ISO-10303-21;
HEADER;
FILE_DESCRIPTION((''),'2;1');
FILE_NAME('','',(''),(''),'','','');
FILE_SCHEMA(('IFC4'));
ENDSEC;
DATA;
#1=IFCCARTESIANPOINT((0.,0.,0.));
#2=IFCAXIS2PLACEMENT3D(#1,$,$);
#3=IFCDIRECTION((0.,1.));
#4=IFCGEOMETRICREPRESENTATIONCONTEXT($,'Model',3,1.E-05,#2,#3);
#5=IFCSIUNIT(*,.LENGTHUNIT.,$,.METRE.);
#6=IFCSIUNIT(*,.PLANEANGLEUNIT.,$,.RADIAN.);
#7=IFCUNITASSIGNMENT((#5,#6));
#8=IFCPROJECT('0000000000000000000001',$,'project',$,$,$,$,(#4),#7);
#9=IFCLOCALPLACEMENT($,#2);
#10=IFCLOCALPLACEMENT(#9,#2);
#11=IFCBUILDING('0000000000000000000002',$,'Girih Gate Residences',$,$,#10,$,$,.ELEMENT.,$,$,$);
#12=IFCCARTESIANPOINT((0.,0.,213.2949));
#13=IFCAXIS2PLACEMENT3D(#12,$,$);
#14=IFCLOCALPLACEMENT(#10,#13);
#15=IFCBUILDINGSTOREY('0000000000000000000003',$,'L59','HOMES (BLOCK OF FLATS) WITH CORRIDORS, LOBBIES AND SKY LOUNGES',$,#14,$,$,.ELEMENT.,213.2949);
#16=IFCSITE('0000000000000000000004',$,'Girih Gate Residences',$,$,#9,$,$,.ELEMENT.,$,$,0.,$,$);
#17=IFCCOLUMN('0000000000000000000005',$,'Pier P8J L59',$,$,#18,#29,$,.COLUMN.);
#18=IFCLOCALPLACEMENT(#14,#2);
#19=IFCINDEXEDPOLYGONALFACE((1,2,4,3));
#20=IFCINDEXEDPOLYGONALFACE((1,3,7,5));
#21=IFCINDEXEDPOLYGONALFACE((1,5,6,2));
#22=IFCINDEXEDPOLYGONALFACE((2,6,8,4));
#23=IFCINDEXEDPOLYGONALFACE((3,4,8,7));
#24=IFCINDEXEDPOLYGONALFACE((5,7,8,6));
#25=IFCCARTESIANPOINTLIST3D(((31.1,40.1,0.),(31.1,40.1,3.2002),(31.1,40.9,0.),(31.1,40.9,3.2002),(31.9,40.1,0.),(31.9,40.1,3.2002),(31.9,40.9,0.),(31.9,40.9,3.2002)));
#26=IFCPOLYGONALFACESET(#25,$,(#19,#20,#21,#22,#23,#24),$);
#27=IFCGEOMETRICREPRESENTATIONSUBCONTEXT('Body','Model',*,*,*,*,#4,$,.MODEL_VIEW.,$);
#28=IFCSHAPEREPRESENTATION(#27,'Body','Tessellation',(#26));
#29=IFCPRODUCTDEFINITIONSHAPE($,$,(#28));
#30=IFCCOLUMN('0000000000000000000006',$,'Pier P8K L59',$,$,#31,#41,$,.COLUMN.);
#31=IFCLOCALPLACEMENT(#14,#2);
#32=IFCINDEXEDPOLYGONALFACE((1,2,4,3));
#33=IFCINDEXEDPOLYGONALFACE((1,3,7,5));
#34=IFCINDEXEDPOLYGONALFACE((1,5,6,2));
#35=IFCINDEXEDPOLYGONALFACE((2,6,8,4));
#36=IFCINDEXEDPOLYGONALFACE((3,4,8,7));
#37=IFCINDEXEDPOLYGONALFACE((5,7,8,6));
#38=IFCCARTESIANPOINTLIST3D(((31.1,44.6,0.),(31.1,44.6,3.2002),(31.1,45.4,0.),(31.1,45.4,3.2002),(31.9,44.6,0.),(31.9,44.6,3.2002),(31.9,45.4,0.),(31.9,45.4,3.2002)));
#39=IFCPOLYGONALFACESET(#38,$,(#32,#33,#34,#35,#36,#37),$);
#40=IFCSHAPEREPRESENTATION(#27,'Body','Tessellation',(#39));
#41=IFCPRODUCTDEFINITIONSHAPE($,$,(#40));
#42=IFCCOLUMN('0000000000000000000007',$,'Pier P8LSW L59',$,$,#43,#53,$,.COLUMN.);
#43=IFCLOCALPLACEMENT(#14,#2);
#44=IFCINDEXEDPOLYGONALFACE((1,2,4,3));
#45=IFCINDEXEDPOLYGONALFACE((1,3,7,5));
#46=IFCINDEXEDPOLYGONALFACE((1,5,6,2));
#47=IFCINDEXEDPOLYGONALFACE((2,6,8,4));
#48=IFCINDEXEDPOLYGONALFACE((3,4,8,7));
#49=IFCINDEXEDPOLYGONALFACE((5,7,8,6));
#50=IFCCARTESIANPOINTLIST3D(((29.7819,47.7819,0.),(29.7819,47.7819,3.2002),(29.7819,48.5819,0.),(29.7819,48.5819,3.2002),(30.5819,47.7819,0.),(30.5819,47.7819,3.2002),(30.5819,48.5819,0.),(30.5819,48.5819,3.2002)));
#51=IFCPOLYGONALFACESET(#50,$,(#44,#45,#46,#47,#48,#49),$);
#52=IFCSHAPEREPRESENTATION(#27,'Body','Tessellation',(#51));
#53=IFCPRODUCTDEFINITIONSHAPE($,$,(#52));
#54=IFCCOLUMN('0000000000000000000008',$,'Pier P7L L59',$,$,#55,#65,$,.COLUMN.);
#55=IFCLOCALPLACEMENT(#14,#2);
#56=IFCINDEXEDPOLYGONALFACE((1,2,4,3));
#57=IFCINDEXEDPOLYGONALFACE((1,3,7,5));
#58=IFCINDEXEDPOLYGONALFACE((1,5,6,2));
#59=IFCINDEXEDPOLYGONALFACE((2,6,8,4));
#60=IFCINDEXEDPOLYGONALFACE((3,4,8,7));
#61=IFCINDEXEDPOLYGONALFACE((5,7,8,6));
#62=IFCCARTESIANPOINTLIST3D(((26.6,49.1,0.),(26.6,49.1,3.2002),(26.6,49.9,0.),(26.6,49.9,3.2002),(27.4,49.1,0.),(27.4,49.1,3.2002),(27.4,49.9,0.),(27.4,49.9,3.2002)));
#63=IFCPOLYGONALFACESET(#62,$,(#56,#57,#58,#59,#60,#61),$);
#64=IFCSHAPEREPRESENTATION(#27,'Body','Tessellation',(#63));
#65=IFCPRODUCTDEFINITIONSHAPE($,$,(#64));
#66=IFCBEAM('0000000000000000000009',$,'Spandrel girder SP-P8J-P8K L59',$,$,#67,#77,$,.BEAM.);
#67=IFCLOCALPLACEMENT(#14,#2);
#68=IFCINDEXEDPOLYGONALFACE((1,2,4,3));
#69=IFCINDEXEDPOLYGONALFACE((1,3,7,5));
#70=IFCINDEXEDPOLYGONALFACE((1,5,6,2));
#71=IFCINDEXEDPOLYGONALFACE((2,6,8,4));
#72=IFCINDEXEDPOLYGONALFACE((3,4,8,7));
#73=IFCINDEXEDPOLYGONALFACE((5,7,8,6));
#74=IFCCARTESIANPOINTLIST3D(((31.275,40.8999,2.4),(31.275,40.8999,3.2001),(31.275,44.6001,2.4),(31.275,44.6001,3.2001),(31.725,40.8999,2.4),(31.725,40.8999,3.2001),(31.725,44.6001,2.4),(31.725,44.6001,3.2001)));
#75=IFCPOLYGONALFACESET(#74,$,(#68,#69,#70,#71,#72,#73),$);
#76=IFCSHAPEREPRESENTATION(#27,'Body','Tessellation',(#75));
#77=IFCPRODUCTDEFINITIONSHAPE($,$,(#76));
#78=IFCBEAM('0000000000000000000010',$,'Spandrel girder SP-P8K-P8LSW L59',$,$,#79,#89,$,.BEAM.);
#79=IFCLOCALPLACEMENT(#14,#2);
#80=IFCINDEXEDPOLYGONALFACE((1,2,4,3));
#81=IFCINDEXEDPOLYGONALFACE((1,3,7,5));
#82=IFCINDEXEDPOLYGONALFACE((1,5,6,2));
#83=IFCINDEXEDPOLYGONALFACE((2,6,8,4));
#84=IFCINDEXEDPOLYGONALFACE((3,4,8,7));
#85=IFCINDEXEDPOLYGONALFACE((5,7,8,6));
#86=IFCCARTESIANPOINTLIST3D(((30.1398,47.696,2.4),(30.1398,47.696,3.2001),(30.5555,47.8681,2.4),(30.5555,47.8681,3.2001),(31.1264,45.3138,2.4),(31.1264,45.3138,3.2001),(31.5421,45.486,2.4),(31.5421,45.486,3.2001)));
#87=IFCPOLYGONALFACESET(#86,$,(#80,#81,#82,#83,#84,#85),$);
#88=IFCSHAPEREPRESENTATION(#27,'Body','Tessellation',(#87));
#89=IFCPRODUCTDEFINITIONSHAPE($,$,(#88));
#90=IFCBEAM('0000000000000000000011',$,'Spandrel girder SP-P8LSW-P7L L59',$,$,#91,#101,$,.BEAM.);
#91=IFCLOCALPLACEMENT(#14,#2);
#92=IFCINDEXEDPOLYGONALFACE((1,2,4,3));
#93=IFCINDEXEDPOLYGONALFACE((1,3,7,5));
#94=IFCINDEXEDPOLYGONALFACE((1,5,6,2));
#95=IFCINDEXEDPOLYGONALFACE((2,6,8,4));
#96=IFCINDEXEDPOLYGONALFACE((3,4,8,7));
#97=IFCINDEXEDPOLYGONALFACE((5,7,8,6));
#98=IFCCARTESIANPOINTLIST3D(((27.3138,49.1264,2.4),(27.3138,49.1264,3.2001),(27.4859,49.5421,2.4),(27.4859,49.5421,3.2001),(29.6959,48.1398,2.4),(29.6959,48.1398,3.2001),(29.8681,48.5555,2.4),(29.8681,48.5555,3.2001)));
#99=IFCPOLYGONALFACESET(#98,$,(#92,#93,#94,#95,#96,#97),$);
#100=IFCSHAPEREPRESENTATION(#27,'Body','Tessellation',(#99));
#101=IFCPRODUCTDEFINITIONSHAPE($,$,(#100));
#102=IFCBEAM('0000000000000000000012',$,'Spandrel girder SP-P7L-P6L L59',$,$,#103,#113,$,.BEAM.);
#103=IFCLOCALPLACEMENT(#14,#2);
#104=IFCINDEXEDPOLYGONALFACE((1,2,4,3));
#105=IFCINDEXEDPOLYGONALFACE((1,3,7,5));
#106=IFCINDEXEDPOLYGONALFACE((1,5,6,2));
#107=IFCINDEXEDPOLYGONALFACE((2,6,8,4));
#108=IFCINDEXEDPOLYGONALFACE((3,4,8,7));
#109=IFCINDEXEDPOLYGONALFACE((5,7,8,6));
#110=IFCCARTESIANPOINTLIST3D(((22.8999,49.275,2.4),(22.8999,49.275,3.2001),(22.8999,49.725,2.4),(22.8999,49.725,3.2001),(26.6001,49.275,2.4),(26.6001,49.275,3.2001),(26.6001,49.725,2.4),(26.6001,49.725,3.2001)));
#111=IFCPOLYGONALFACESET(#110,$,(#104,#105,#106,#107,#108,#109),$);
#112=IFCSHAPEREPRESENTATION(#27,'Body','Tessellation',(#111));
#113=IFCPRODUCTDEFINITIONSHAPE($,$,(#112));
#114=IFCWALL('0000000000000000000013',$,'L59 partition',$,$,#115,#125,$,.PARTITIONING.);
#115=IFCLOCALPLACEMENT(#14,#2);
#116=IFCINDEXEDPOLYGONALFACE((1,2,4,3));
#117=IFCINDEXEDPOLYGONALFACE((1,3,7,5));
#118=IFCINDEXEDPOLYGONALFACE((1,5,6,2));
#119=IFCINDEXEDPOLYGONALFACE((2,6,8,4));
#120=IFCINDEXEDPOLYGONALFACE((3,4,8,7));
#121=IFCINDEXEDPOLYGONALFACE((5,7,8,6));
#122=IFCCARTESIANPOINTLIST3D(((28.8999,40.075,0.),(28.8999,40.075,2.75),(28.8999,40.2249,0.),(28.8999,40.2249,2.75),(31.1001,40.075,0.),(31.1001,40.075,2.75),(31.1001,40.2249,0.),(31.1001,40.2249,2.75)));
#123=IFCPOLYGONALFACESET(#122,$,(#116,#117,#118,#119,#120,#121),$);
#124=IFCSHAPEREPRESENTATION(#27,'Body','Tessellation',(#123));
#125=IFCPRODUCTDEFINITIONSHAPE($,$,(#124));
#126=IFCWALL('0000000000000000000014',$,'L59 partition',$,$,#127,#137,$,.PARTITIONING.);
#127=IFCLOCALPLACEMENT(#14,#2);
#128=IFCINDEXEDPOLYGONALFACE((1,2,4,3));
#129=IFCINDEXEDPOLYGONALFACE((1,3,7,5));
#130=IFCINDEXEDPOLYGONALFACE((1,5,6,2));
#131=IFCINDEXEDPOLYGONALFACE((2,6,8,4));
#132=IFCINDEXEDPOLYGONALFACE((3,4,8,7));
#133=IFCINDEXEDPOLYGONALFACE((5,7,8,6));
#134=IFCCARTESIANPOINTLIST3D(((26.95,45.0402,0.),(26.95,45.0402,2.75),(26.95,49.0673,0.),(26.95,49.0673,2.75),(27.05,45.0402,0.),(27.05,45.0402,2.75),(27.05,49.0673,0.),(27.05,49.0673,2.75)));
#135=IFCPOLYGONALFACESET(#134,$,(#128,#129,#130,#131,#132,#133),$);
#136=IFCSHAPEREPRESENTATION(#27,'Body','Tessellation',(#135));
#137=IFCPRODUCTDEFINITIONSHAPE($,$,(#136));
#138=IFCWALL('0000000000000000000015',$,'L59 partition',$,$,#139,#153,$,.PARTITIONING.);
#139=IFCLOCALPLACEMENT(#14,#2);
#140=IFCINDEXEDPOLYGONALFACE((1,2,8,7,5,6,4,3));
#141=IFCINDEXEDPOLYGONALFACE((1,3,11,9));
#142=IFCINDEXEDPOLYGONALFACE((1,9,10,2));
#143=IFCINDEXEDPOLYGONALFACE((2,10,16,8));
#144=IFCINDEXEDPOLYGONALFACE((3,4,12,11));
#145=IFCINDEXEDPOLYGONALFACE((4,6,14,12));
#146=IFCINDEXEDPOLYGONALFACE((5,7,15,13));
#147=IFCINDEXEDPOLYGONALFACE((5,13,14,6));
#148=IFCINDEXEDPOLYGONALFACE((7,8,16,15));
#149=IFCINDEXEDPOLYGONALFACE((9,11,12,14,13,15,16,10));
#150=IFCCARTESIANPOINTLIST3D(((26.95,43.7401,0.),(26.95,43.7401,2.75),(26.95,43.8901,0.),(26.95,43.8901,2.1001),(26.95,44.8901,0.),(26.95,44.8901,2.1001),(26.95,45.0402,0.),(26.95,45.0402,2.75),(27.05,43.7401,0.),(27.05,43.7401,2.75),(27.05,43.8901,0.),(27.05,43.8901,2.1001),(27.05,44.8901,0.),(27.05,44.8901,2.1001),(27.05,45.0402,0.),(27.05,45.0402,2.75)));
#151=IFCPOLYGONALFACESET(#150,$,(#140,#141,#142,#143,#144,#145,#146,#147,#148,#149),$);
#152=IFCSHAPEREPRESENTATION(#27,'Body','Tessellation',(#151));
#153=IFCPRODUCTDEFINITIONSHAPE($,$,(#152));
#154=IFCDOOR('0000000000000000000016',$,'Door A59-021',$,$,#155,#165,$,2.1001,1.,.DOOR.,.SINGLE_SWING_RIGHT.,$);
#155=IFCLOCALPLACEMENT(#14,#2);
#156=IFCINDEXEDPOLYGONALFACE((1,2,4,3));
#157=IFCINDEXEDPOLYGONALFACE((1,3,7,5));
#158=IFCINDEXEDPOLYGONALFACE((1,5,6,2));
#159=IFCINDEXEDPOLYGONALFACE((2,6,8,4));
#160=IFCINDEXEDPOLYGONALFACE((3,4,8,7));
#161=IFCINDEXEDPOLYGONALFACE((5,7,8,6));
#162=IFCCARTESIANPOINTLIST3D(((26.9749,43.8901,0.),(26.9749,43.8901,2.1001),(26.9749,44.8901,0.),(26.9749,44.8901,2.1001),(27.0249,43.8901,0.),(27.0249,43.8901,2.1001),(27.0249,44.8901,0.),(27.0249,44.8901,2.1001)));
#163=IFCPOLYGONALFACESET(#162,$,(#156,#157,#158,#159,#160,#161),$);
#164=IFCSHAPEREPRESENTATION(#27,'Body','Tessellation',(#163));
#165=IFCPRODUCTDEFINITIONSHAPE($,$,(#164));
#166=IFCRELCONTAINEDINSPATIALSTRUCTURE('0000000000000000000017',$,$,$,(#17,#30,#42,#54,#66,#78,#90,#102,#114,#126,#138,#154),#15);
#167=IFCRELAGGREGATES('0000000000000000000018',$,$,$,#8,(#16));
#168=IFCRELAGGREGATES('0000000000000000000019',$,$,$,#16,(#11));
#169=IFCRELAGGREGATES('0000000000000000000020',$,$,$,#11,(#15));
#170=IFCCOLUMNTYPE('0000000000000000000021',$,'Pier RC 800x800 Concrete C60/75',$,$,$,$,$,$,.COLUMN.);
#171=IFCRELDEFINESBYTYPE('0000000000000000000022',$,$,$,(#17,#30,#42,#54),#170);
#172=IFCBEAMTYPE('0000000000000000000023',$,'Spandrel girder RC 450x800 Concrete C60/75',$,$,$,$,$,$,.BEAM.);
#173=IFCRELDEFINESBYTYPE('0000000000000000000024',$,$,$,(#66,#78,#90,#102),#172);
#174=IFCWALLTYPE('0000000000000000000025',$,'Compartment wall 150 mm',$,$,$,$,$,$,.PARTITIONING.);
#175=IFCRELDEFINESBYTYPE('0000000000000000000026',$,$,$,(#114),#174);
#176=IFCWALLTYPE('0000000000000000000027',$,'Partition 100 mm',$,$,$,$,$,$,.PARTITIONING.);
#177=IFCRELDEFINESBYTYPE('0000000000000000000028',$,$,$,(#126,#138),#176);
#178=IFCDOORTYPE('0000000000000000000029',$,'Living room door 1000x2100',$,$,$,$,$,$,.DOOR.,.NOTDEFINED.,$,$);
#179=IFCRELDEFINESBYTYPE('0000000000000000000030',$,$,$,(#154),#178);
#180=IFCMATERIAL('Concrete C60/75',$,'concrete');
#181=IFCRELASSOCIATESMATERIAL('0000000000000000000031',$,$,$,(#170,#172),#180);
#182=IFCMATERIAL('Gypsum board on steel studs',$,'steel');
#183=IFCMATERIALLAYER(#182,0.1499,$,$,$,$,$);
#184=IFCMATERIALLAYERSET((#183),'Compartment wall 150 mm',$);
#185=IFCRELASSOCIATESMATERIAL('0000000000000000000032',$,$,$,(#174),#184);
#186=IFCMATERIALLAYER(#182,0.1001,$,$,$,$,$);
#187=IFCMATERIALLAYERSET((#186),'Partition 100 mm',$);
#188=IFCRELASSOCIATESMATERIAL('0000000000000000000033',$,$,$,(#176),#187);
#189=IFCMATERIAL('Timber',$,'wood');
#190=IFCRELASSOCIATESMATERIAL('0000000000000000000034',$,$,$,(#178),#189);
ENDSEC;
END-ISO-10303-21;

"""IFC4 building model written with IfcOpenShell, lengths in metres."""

from ifc_helpers import new_model, si_unit, direction, frame, frame_2d, origin, origin_2d, place, context, subcontext, project, spatial, rectangle, extrude, material, layer, layer_set, material_profile, profile_set, type_object, element, fill, save


model = new_model("IFC4")

# Units and contexts
model_context = context("Model", 3, precision=1e-05, world=origin(), true_north=direction((0.0, 1.0)))
body_context = subcontext(model_context, "Body", "Model", "MODEL_VIEW")
ifc_project = project(units=[si_unit("LENGTHUNIT", "METRE"), si_unit("PLANEANGLEUNIT", "RADIAN")], contexts=[model_context])

# Site, building, storey
site_placement = place(None, origin())
site = spatial("IfcSite", under=ifc_project, at=site_placement, Name="Girih Gate Residences", CompositionType="ELEMENT", RefElevation=0.0)
building_placement = place(site_placement, origin())
building = spatial("IfcBuilding", under=site, at=building_placement, Name="Girih Gate Residences", CompositionType="ELEMENT")
storey_placement = place(building_placement, frame((0.0, 0.0, 213.2949)))
storey = spatial("IfcBuildingStorey", under=building, at=storey_placement, Name="L59", Description="HOMES (BLOCK OF FLATS) WITH CORRIDORS, LOBBIES AND SKY LOUNGES", CompositionType="ELEMENT", Elevation=213.2949)

# Columns
ifc_material_1 = material(Name="Concrete C60/75", Category="concrete")
ifc_material_profile_1 = material_profile(ifc_material_1, rectangle(XDim=0.8, YDim=0.8, at=origin_2d()))
ifc_profile_set_1 = profile_set([ifc_material_profile_1], Name="Concrete C60/75")
column_type = type_object("IfcColumnType", Name="Pier RC 800x800 Concrete C60/75", PredefinedType="COLUMN", material=ifc_profile_set_1)
for number, where, z_axis, x_axis, name in (
    (1, (31.5, 40.5, 0.0), (0.0, 0.0, 1.0), (1.0, 0.0, 0.0), "Pier P8J L59"),
    (2, (31.5, 45.0, 0.0), (0.0, 0.0, 1.0), (1.0, 0.0, 0.0), "Pier P8K L59"),
    (3, (30.1819, 48.1819, 0.0), (0.0, 0.0, 1.0), (1.0, 0.0, 0.0), "Pier P8LSW L59"),
    (4, (27.0, 49.5, 0.0), (0.0, 0.0, 1.0), (1.0, 0.0, 0.0), "Pier P7L L59"),
):
    element("IfcColumn", number, at=place(storey_placement, frame(where, z_axis=z_axis, x_axis=x_axis)), inside=storey, type_object=column_type, Name=name, PredefinedType="COLUMN", context=body_context, shape_type="SweptSolid", body=[
        extrude(rectangle(XDim=0.8, YDim=0.8, at=origin_2d()), origin(), (0.0, 0.0, 1.0), 3.2002),
    ])

# Beams
ifc_material_profile_2 = material_profile(ifc_material_1, rectangle(XDim=0.45, YDim=0.8, at=origin_2d()))
ifc_profile_set_2 = profile_set([ifc_material_profile_2], Name="Concrete C60/75")
beam_type = type_object("IfcBeamType", Name="Spandrel girder RC 450x800 Concrete C60/75", PredefinedType="BEAM", material=ifc_profile_set_2)
beam_1_placement = place(storey_placement, frame((31.5, 40.8999, 2.8), z_axis=(0.0, 1.0, 0.0), x_axis=(-1.0, 0.0, 0.0)))
element("IfcBeam", 5, at=beam_1_placement, inside=storey, type_object=beam_type, Name="Spandrel girder SP-P8J-P8K L59", PredefinedType="BEAM", context=body_context, shape_type="SweptSolid", body=[
    extrude(rectangle(XDim=0.45, YDim=0.8, at=origin_2d()), origin(), (0.0, 0.0, 1.0), 3.7002),
])
for number, where, z_axis, x_axis, name in (
    (6, (31.3342, 45.3999, 2.8), (-0.382644, 0.923896, 0.0), (-0.923896, -0.382644, 0.0), "Spandrel girder SP-P8K-P8LSW L59"),
    (7, (29.782, 48.3477, 2.8), (-0.923896, 0.382644, 0.0), (-0.382644, -0.923896, 0.0), "Spandrel girder SP-P8LSW-P7L L59"),
):
    element("IfcBeam", number, at=place(storey_placement, frame(where, z_axis=z_axis, x_axis=x_axis)), inside=storey, type_object=beam_type, Name=name, PredefinedType="BEAM", context=body_context, shape_type="SweptSolid", body=[
        extrude(rectangle(XDim=0.45, YDim=0.8, at=origin_2d()), origin(), (0.0, 0.0, 1.0), 2.5784),
    ])
beam_2_placement = place(storey_placement, frame((26.6001, 49.5, 2.8), z_axis=(-1.0, 0.0, 0.0), x_axis=(0.0, -1.0, 0.0)))
element("IfcBeam", 8, at=beam_2_placement, inside=storey, type_object=beam_type, Name="Spandrel girder SP-P7L-P6L L59", PredefinedType="BEAM", context=body_context, shape_type="SweptSolid", body=[
    extrude(rectangle(XDim=0.45, YDim=0.8, at=origin_2d()), origin(), (0.0, 0.0, 1.0), 3.7002),
])

# Walls
ifc_material_2 = material(Name="Gypsum board on steel studs", Category="steel")
ifc_layer_1 = layer(ifc_material_2, 0.1499)
ifc_layer_set_1 = layer_set([ifc_layer_1], Name="Compartment wall 150 mm")
wall_type_1 = type_object("IfcWallType", Name="Compartment wall 150 mm", PredefinedType="PARTITIONING", material=ifc_layer_set_1)
wall_1_placement = place(storey_placement, frame((28.8999, 40.1499, 0.0), z_axis=(0.0, 0.0, 1.0), x_axis=(1.0, 0.0, 0.0)))
element("IfcWall", 9, at=wall_1_placement, inside=storey, type_object=wall_type_1, Name="L59 partition", PredefinedType="PARTITIONING", context=body_context, shape_type="SweptSolid", body=[
    extrude(rectangle(XDim=2.2002, YDim=0.1499, at=frame_2d((1.1001, 0.0))), origin(), (0.0, 0.0, 1.0), 2.75),
])
ifc_layer_2 = layer(ifc_material_2, 0.1001)
ifc_layer_set_2 = layer_set([ifc_layer_2], Name="Partition 100 mm")
wall_type_2 = type_object("IfcWallType", Name="Partition 100 mm", PredefinedType="PARTITIONING", material=ifc_layer_set_2)
wall_2_placement = place(storey_placement, frame((27.0, 45.04, 0.0), z_axis=(0.0, 0.0, 1.0), x_axis=(0.0, 1.0, 0.0)))
element("IfcWall", 10, at=wall_2_placement, inside=storey, type_object=wall_type_2, Name="L59 partition", PredefinedType="PARTITIONING", context=body_context, shape_type="SweptSolid", body=[
    extrude(rectangle(XDim=4.0271, YDim=0.1001, at=frame_2d((2.0137, 0.0))), origin(), (0.0, 0.0, 1.0), 2.75),
])

# Wall, opening, door
wall_3_placement = place(storey_placement, frame((27.0, 45.04, 0.0), z_axis=(0.0, 0.0, 1.0), x_axis=(0.0, -1.0, 0.0)))
wall_3 = element("IfcWall", 11, at=wall_3_placement, inside=storey, type_object=wall_type_2, Name="L59 partition", PredefinedType="PARTITIONING", context=body_context, shape_type="SweptSolid", body=[
    extrude(rectangle(XDim=1.3, YDim=0.1001, at=frame_2d((0.6499, 0.0))), origin(), (0.0, 0.0, 1.0), 2.75),
])
opening_1_placement = place(wall_3_placement, frame((0.1499, 0.0, 0.0)))
opening_1 = element("IfcOpeningElement", 12, at=opening_1_placement, cuts=wall_3, PredefinedType="OPENING", context=body_context, shape_type="SweptSolid", body=[
    extrude(rectangle(XDim=1.0, YDim=2.1001, at=frame_2d((0.5, 1.05))), frame((0.0, 0.0601, 0.0), z_axis=(0.0, -1.0, 0.0), x_axis=(1.0, 0.0, 0.0)), (0.0, 0.0, 1.0), 0.1201),
])
ifc_material_3 = material(Name="Timber", Category="wood")
door_type_1 = type_object("IfcDoorType", Name="Living room door 1000x2100", OperationType="NOTDEFINED", PredefinedType="DOOR", material=ifc_material_3)
door_1_placement = place(opening_1_placement, origin())
door_1 = element("IfcDoor", 13, at=door_1_placement, inside=storey, type_object=door_type_1, Name="Door A59-021", OperationType="SINGLE_SWING_RIGHT", OverallHeight=2.1001, OverallWidth=1.0, PredefinedType="DOOR", context=body_context, shape_type="SweptSolid", body=[
    extrude(rectangle(XDim=1.0, YDim=2.1001, at=frame_2d((0.5, 1.05))), frame((0.0, 0.0249, 0.0), z_axis=(0.0, -1.0, 0.0), x_axis=(1.0, 0.0, 0.0)), (0.0, 0.0, 1.0), 0.05),
])
fill(opening_1, door_1)

save(model, "model.ifc")
